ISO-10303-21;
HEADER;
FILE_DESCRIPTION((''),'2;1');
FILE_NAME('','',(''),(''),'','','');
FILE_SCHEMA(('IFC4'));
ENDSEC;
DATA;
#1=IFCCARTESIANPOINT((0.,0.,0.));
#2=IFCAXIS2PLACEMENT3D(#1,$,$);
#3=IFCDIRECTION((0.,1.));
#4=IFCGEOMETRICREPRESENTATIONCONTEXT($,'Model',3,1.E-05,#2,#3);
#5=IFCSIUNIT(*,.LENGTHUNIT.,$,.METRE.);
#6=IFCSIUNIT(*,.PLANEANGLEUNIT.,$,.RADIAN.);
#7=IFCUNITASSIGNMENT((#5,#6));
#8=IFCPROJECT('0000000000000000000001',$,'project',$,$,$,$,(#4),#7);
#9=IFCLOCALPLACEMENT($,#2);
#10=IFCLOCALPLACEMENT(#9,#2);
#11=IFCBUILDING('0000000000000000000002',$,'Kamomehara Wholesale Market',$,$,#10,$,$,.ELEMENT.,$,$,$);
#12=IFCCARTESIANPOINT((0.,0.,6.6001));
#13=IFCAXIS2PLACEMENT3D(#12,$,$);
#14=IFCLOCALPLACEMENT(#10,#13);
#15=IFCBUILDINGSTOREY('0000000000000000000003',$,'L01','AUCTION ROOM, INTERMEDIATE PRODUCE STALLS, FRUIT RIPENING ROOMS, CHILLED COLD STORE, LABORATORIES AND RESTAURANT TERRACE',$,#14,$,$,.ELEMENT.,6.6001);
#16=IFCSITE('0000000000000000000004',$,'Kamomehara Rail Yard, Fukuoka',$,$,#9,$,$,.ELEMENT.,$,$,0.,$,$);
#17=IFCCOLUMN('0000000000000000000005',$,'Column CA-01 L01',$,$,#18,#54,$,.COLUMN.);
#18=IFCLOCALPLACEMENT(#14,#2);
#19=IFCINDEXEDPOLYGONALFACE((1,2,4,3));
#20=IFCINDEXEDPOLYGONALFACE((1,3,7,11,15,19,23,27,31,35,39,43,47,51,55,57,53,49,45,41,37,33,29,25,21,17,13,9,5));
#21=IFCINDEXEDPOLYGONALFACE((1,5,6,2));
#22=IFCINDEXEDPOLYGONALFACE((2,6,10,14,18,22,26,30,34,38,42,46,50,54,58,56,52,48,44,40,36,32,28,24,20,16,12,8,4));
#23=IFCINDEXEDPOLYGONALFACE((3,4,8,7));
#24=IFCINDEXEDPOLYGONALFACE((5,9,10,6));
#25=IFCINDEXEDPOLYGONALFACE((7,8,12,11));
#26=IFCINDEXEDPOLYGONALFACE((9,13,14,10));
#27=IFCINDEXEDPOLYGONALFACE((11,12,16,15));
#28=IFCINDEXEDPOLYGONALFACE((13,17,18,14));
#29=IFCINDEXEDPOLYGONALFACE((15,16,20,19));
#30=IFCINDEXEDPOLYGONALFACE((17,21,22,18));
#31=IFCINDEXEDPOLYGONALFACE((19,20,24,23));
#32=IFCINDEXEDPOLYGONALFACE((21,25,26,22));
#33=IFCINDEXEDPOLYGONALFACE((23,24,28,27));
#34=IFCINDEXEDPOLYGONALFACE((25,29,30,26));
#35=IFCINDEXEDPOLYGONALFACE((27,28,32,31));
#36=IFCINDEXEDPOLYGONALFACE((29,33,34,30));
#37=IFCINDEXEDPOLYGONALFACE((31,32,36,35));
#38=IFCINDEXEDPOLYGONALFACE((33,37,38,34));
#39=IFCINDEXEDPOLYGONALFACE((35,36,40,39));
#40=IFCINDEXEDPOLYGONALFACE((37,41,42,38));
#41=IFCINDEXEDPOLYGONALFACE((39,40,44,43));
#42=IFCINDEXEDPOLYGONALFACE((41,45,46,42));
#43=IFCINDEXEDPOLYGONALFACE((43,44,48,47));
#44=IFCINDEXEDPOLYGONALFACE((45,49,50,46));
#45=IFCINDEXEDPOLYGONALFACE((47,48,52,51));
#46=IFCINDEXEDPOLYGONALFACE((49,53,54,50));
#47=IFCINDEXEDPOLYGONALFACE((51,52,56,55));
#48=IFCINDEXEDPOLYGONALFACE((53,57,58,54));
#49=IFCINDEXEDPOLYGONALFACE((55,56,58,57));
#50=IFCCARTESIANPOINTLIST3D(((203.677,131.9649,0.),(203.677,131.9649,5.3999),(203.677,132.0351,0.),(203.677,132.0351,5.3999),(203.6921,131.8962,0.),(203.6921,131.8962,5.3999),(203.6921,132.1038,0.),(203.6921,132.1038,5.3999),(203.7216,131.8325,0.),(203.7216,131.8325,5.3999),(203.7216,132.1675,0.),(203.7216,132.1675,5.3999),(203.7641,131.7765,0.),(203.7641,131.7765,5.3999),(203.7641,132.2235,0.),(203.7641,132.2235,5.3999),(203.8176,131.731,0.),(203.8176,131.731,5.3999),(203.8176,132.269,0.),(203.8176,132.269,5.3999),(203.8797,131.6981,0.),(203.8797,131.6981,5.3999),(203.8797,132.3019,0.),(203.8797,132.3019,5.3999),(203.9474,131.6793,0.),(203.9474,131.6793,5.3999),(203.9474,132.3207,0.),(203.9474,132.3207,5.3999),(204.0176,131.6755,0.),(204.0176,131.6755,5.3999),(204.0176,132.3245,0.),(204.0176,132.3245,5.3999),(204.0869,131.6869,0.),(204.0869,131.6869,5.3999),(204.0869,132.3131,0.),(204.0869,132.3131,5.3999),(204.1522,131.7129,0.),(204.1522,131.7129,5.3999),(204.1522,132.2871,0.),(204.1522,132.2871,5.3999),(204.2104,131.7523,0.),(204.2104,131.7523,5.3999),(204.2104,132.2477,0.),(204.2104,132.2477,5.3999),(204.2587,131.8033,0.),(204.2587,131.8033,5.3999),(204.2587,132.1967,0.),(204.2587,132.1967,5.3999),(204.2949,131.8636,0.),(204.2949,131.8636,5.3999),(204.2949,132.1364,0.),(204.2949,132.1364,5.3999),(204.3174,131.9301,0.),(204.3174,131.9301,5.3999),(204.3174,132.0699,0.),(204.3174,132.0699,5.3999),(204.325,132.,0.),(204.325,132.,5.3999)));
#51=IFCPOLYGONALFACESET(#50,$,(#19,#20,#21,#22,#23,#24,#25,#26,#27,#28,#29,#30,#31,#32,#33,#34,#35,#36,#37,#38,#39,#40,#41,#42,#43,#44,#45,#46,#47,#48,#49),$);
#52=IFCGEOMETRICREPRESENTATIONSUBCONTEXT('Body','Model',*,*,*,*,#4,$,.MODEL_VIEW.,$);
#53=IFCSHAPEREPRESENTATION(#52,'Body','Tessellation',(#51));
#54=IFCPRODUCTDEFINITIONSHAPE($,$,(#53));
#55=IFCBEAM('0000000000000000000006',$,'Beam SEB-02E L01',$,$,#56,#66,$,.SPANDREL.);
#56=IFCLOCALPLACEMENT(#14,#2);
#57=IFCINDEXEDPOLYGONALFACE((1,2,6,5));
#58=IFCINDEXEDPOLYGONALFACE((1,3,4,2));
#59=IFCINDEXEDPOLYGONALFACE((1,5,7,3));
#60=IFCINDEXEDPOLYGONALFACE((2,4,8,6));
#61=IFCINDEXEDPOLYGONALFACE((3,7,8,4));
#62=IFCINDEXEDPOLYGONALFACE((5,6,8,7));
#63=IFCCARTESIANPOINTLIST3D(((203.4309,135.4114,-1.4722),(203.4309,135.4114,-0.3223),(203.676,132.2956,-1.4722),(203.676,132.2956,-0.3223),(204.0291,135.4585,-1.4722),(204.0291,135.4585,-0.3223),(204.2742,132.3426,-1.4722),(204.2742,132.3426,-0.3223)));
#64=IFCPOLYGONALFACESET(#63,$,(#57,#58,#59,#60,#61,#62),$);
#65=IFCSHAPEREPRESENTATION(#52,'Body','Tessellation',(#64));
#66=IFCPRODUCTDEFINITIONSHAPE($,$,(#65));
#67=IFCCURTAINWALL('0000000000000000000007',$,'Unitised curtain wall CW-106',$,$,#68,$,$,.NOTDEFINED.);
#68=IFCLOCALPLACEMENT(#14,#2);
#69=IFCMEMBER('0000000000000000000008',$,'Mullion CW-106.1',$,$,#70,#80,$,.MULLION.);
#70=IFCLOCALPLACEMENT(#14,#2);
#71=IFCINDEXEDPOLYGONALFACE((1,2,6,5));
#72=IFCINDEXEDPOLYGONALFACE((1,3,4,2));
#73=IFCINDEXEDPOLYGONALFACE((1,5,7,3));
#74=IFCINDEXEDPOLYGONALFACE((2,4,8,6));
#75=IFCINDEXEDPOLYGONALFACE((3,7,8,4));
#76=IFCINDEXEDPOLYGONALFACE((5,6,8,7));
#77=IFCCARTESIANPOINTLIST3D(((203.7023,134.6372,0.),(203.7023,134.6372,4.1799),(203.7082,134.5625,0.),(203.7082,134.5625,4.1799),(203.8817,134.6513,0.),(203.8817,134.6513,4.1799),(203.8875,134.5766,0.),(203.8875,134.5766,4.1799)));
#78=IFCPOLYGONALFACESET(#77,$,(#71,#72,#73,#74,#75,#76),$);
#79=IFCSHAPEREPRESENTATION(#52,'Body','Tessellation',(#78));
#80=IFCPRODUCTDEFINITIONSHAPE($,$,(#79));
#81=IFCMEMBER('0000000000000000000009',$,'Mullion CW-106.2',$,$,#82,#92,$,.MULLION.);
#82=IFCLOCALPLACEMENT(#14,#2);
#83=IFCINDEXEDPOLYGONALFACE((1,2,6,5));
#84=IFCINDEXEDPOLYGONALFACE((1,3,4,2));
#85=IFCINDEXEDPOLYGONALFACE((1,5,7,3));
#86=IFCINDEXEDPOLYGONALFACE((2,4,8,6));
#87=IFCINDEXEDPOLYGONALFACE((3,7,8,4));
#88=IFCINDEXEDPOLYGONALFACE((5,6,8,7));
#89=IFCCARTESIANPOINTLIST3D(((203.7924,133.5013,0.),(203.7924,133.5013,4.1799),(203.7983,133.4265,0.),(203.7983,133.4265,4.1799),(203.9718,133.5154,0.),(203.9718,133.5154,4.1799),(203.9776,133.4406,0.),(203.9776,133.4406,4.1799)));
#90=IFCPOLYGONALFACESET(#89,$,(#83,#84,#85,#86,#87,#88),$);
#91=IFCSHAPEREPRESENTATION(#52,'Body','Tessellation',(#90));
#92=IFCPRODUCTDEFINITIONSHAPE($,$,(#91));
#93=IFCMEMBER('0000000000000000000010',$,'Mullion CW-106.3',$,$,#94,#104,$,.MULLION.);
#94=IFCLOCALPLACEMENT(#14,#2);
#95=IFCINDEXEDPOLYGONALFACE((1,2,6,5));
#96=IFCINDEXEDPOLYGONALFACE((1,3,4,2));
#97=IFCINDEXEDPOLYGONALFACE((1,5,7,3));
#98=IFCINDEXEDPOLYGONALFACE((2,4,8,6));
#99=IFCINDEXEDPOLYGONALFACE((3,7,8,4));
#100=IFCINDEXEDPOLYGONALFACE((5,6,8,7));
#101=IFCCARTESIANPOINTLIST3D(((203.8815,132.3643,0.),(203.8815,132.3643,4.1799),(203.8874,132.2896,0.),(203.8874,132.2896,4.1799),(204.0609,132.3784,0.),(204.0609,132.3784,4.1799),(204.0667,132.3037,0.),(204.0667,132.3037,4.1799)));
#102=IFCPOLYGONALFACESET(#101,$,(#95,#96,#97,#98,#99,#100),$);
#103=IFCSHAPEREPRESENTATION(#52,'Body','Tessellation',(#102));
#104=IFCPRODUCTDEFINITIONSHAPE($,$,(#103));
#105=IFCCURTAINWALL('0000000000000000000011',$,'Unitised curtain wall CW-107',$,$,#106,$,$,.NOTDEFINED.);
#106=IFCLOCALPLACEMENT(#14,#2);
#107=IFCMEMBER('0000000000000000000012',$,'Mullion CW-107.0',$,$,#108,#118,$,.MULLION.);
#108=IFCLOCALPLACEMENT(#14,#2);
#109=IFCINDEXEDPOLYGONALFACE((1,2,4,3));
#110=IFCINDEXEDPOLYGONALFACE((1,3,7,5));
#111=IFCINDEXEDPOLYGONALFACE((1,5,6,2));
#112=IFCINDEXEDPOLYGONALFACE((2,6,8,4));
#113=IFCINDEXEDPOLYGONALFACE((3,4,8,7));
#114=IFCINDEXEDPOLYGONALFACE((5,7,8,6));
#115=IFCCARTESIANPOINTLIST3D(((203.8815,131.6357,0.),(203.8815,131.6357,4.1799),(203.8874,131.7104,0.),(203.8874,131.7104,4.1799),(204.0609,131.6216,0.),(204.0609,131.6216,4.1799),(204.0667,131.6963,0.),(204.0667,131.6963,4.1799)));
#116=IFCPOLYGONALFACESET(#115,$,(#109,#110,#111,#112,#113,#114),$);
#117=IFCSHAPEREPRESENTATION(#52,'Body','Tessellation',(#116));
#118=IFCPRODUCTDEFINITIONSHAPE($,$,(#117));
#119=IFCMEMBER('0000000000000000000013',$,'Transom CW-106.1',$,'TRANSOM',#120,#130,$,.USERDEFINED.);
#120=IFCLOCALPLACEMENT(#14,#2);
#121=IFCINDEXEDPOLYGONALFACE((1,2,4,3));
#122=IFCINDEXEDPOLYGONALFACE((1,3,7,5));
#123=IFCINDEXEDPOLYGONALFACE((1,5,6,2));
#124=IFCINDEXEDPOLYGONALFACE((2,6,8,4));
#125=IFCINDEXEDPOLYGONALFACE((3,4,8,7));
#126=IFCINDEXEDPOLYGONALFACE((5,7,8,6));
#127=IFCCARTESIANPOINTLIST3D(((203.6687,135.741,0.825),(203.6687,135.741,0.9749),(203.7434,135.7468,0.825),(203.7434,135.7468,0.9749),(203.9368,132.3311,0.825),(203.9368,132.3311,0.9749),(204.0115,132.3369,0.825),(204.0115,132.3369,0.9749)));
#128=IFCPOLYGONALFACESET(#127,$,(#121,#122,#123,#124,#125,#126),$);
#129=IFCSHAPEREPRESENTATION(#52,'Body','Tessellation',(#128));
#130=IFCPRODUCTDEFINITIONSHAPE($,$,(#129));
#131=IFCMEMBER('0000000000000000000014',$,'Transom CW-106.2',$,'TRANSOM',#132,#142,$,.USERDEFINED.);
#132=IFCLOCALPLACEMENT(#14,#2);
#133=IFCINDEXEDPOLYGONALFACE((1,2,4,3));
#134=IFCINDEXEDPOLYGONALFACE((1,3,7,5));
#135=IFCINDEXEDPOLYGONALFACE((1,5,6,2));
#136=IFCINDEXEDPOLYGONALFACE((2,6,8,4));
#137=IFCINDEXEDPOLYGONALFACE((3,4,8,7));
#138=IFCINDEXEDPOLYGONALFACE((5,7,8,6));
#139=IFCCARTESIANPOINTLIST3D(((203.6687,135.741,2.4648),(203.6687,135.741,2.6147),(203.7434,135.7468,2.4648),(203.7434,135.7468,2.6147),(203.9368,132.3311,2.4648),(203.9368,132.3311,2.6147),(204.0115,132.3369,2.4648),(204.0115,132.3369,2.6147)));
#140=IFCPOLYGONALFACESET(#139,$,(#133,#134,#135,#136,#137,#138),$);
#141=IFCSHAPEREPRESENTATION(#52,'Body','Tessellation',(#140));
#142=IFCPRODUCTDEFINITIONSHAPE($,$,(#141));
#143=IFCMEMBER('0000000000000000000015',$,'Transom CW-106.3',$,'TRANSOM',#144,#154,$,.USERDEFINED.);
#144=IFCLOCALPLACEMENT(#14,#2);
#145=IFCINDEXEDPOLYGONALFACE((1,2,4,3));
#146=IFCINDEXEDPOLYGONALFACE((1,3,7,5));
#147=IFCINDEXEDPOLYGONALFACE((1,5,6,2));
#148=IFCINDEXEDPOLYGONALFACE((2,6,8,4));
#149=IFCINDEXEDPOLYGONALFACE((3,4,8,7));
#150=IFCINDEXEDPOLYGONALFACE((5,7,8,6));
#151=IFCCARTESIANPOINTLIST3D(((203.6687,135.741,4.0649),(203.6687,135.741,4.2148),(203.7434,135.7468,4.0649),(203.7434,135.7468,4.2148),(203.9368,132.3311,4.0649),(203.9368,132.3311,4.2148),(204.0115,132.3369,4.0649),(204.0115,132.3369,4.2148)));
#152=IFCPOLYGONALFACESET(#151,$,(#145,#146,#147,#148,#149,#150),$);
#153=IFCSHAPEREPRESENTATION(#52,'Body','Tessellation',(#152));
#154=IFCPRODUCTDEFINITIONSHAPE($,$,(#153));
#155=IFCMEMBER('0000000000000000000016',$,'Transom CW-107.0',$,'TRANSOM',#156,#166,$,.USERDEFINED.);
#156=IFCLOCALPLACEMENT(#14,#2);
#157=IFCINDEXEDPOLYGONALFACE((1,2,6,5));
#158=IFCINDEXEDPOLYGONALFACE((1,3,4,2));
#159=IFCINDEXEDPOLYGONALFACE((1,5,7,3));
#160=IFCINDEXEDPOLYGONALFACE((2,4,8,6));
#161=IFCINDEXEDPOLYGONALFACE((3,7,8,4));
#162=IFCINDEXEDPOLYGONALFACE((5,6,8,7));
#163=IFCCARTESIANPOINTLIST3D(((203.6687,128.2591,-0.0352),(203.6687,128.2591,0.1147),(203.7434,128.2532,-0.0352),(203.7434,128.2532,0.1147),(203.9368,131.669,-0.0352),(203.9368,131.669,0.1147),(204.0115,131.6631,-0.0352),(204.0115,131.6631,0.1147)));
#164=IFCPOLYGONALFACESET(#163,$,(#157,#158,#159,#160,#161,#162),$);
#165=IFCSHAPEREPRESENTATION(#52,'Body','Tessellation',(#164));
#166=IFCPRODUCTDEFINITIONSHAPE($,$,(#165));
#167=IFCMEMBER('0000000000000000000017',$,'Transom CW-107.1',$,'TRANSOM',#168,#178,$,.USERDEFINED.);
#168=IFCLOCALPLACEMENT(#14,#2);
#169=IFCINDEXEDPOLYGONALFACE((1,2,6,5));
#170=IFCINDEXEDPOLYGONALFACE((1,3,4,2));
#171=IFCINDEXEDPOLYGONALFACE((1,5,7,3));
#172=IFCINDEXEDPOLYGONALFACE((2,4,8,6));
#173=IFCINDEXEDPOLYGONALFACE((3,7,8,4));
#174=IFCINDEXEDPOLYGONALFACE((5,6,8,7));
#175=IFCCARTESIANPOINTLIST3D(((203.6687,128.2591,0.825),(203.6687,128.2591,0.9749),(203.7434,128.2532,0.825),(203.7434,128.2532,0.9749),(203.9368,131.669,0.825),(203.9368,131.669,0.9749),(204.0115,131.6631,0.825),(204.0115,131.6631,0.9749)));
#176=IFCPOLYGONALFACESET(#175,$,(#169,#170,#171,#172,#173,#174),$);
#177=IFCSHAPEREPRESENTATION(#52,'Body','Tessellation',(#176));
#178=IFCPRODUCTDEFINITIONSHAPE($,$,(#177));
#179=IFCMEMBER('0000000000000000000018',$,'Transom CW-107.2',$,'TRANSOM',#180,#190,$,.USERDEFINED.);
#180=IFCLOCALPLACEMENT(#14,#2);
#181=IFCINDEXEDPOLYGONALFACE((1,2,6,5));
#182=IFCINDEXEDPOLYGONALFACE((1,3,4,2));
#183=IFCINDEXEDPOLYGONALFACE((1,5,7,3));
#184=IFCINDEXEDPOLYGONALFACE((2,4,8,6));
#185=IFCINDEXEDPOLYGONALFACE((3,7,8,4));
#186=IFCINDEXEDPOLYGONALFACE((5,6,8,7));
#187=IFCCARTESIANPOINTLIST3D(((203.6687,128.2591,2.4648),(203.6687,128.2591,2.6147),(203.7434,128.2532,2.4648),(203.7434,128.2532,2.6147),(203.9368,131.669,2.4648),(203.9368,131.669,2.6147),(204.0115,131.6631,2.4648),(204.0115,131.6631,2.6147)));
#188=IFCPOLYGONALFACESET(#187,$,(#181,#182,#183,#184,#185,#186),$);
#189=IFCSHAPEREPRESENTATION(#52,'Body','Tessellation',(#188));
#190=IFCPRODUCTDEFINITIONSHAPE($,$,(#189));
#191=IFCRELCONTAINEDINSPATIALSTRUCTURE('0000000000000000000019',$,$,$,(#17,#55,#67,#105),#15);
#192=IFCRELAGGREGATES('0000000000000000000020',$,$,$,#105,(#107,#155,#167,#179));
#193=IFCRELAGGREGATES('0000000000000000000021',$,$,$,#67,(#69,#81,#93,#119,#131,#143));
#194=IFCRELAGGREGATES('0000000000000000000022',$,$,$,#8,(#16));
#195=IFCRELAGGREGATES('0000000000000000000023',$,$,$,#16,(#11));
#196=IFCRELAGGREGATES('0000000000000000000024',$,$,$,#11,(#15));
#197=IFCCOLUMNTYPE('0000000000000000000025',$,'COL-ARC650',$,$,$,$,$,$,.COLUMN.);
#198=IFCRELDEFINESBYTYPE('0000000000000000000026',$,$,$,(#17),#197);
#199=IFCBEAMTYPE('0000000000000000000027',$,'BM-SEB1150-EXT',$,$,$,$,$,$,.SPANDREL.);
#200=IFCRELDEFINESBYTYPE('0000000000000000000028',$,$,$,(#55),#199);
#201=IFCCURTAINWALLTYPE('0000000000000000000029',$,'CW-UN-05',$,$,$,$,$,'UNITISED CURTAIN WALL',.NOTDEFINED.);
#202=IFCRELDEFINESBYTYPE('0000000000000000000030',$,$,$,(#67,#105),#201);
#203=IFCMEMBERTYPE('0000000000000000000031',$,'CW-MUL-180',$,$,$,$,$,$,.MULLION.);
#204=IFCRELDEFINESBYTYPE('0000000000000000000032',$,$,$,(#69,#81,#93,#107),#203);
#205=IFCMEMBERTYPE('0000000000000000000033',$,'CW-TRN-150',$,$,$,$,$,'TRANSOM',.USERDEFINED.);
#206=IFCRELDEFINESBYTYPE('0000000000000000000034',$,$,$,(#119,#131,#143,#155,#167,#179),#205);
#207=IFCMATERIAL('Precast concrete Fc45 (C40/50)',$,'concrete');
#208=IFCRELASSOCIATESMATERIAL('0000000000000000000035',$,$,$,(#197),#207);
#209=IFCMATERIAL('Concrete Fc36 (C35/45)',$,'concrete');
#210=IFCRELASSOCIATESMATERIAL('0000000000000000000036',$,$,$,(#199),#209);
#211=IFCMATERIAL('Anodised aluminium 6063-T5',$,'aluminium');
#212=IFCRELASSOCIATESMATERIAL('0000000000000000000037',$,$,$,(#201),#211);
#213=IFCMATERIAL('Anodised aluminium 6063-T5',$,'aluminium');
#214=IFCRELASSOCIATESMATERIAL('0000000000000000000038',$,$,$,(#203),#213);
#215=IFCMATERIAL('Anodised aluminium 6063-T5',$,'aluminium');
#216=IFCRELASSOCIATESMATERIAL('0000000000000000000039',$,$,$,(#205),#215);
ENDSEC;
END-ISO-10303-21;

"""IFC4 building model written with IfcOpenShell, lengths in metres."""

from ifc_helpers import new_model, si_unit, direction, frame, origin, origin_2d, place, context, subcontext, project, spatial, rectangle, circle, extrude, material, material_profile, profile_set, type_object, element, aggregate, save


model = new_model("IFC4")

# Units and contexts
model_context = context("Model", 3, precision=1e-05, world=origin(), true_north=direction((0.0, 1.0)))
body_context = subcontext(model_context, "Body", "Model", "MODEL_VIEW")
ifc_project = project(units=[si_unit("LENGTHUNIT", "METRE"), si_unit("PLANEANGLEUNIT", "RADIAN")], contexts=[model_context])

# Site, building, storey
site_placement = place(None, origin())
site = spatial("IfcSite", under=ifc_project, at=site_placement, Name="Kamomehara Rail Yard, Fukuoka", CompositionType="ELEMENT", RefElevation=0.0)
building_placement = place(site_placement, origin())
building = spatial("IfcBuilding", under=site, at=building_placement, Name="Kamomehara Wholesale Market", CompositionType="ELEMENT")
storey_placement = place(building_placement, frame((0.0, 0.0, 6.6001)))
storey = spatial("IfcBuildingStorey", under=building, at=storey_placement, Name="L01", Description="AUCTION ROOM, INTERMEDIATE PRODUCE STALLS, FRUIT RIPENING ROOMS, CHILLED COLD STORE, LABORATORIES AND RESTAURANT TERRACE", CompositionType="ELEMENT", Elevation=6.6001)

# Column
ifc_material_1 = material(Name="Precast concrete Fc45 (C40/50)", Category="concrete")
ifc_material_profile_1 = material_profile(ifc_material_1, circle(Radius=0.325, at=origin_2d()), Name="PC-ARC-D650")
ifc_profile_set_1 = profile_set([ifc_material_profile_1], Name="Precast concrete Fc45 (C40/50)")
column_type = type_object("IfcColumnType", Name="COL-ARC650", PredefinedType="COLUMN", material=ifc_profile_set_1)
column_placement = place(storey_placement, frame((204.0, 132.0, 0.0), z_axis=(0.0, 0.0, 1.0), x_axis=(1.0, 0.0, 0.0)))
element("IfcColumn", 1, at=column_placement, inside=storey, type_object=column_type, Name="Column CA-01 L01", PredefinedType="COLUMN", context=body_context, shape_type="SweptSolid", body=[
    extrude(circle(Radius=0.325, at=origin_2d()), origin(), (0.0, 0.0, 1.0), 5.3999),
])

# Beam
ifc_material_2 = material(Name="Concrete Fc36 (C35/45)", Category="concrete")
ifc_material_profile_2 = material_profile(ifc_material_2, rectangle(XDim=0.6001, YDim=1.1499, at=origin_2d()), Name="RC-SEB-600x1150")
ifc_profile_set_2 = profile_set([ifc_material_profile_2], Name="Concrete Fc36 (C35/45)")
beam_type = type_object("IfcBeamType", Name="BM-SEB1150-EXT", PredefinedType="SPANDREL", material=ifc_profile_set_2)
beam_placement = place(storey_placement, frame((203.9751, 132.3191, -0.8972), z_axis=(-0.078423, 0.99692, 0.0), x_axis=(-0.99692, -0.078423, 0.0)))
element("IfcBeam", 2, at=beam_placement, inside=storey, type_object=beam_type, Name="Beam SEB-02E L01", PredefinedType="SPANDREL", context=body_context, shape_type="SweptSolid", body=[
    extrude(rectangle(XDim=0.6001, YDim=1.1499, at=origin_2d()), origin(), (0.0, 0.0, 1.0), 3.1255),
])

# Curtain wall, members
ifc_material_3 = material(Name="Anodised aluminium 6063-T5", Category="aluminium")
curtain_wall_type = type_object("IfcCurtainWallType", Name="CW-UN-05", ElementType="UNITISED CURTAIN WALL", PredefinedType="NOTDEFINED", material=ifc_material_3)
curtain_wall_1_placement = place(storey_placement, origin())
curtain_wall_1 = element("IfcCurtainWall", 3, at=curtain_wall_1_placement, inside=storey, type_object=curtain_wall_type, Name="Unitised curtain wall CW-106", PredefinedType="NOTDEFINED")
ifc_material_4 = material(Name="Anodised aluminium 6063-T5", Category="aluminium")
ifc_material_profile_3 = material_profile(ifc_material_4, rectangle(XDim=0.075, YDim=0.1799, at=origin_2d()), Name="ALU-MUL-75x180")
ifc_profile_set_3 = profile_set([ifc_material_profile_3], Name="Anodised aluminium 6063-T5")
member_type_1 = type_object("IfcMemberType", Name="CW-MUL-180", PredefinedType="MULLION", material=ifc_profile_set_3)
member_1_placement = place(storey_placement, frame((203.7949, 134.6069, 0.0), z_axis=(0.0, 0.0, 1.0), x_axis=(0.078351, -0.996926, 0.0)))
member_1 = element("IfcMember", 4, at=member_1_placement, type_object=member_type_1, Name="Mullion CW-106.1", PredefinedType="MULLION", context=body_context, shape_type="SweptSolid", body=[
    extrude(rectangle(XDim=0.075, YDim=0.1799, at=origin_2d()), origin(), (0.0, 0.0, 1.0), 4.1799),
])
member_2_placement = place(storey_placement, frame((203.885, 133.4709, 0.0), z_axis=(0.0, 0.0, 1.0), x_axis=(0.078351, -0.996926, 0.0)))
member_2 = element("IfcMember", 5, at=member_2_placement, type_object=member_type_1, Name="Mullion CW-106.2", PredefinedType="MULLION", context=body_context, shape_type="SweptSolid", body=[
    extrude(rectangle(XDim=0.075, YDim=0.1799, at=origin_2d()), origin(), (0.0, 0.0, 1.0), 4.1799),
])
member_3_placement = place(storey_placement, frame((203.9741, 132.334, 0.0), z_axis=(0.0, 0.0, 1.0), x_axis=(0.078351, -0.996926, 0.0)))
member_3 = element("IfcMember", 6, at=member_3_placement, type_object=member_type_1, Name="Mullion CW-106.3", PredefinedType="MULLION", context=body_context, shape_type="SweptSolid", body=[
    extrude(rectangle(XDim=0.075, YDim=0.1799, at=origin_2d()), origin(), (0.0, 0.0, 1.0), 4.1799),
])

# Curtain wall, member
curtain_wall_2_placement = place(storey_placement, origin())
curtain_wall_2 = element("IfcCurtainWall", 7, at=curtain_wall_2_placement, inside=storey, type_object=curtain_wall_type, Name="Unitised curtain wall CW-107", PredefinedType="NOTDEFINED")
member_4_placement = place(storey_placement, frame((203.9741, 131.666, 0.0), z_axis=(0.0, 0.0, 1.0), x_axis=(-0.078351, -0.996926, 0.0)))
member_4 = element("IfcMember", 8, at=member_4_placement, type_object=member_type_1, Name="Mullion CW-107.0", PredefinedType="MULLION", context=body_context, shape_type="SweptSolid", body=[
    extrude(rectangle(XDim=0.075, YDim=0.1799, at=origin_2d()), origin(), (0.0, 0.0, 1.0), 4.1799),
])

# Members
ifc_material_5 = material(Name="Anodised aluminium 6063-T5", Category="aluminium")
ifc_material_profile_4 = material_profile(ifc_material_5, rectangle(XDim=0.075, YDim=0.1499, at=origin_2d()), Name="ALU-TRN-75x150")
ifc_profile_set_4 = profile_set([ifc_material_profile_4], Name="Anodised aluminium 6063-T5")
member_type_2 = type_object("IfcMemberType", Name="CW-TRN-150", ElementType="TRANSOM", PredefinedType="USERDEFINED", material=ifc_profile_set_4)
member_5_placement = place(storey_placement, frame((203.7061, 135.7439, 0.8999), z_axis=(0.078372, -0.996924, 0.0), x_axis=(0.996924, 0.078372, 0.0)))
member_5 = element("IfcMember", 9, at=member_5_placement, type_object=member_type_2, Name="Transom CW-106.1", ObjectType="TRANSOM", PredefinedType="USERDEFINED", context=body_context, shape_type="SweptSolid", body=[
    extrude(rectangle(XDim=0.075, YDim=0.1499, at=origin_2d()), origin(), (0.0, 0.0, 1.0), 3.4204),
])
member_6_placement = place(storey_placement, frame((203.7061, 135.7439, 2.5398), z_axis=(0.078372, -0.996924, 0.0), x_axis=(0.996924, 0.078372, 0.0)))
member_6 = element("IfcMember", 10, at=member_6_placement, type_object=member_type_2, Name="Transom CW-106.2", ObjectType="TRANSOM", PredefinedType="USERDEFINED", context=body_context, shape_type="SweptSolid", body=[
    extrude(rectangle(XDim=0.075, YDim=0.1499, at=origin_2d()), origin(), (0.0, 0.0, 1.0), 3.4204),
])
member_7_placement = place(storey_placement, frame((203.7061, 135.7439, 4.1399), z_axis=(0.078372, -0.996924, 0.0), x_axis=(0.996924, 0.078372, 0.0)))
member_7 = element("IfcMember", 11, at=member_7_placement, type_object=member_type_2, Name="Transom CW-106.3", ObjectType="TRANSOM", PredefinedType="USERDEFINED", context=body_context, shape_type="SweptSolid", body=[
    extrude(rectangle(XDim=0.075, YDim=0.1499, at=origin_2d()), origin(), (0.0, 0.0, 1.0), 3.4204),
])
member_8_placement = place(storey_placement, frame((203.9741, 131.666, 0.0398), z_axis=(-0.078372, -0.996924, 0.0), x_axis=(0.996924, -0.078372, 0.0)))
member_8 = element("IfcMember", 12, at=member_8_placement, type_object=member_type_2, Name="Transom CW-107.0", ObjectType="TRANSOM", PredefinedType="USERDEFINED", context=body_context, shape_type="SweptSolid", body=[
    extrude(rectangle(XDim=0.075, YDim=0.1499, at=origin_2d()), origin(), (0.0, 0.0, 1.0), 3.4204),
])
member_9_placement = place(storey_placement, frame((203.9741, 131.666, 0.8999), z_axis=(-0.078372, -0.996924, 0.0), x_axis=(0.996924, -0.078372, 0.0)))
member_9 = element("IfcMember", 13, at=member_9_placement, type_object=member_type_2, Name="Transom CW-107.1", ObjectType="TRANSOM", PredefinedType="USERDEFINED", context=body_context, shape_type="SweptSolid", body=[
    extrude(rectangle(XDim=0.075, YDim=0.1499, at=origin_2d()), origin(), (0.0, 0.0, 1.0), 3.4204),
])
member_10_placement = place(storey_placement, frame((203.9741, 131.666, 2.5398), z_axis=(-0.078372, -0.996924, 0.0), x_axis=(0.996924, -0.078372, 0.0)))
member_10 = element("IfcMember", 14, at=member_10_placement, type_object=member_type_2, Name="Transom CW-107.2", ObjectType="TRANSOM", PredefinedType="USERDEFINED", context=body_context, shape_type="SweptSolid", body=[
    extrude(rectangle(XDim=0.075, YDim=0.1499, at=origin_2d()), origin(), (0.0, 0.0, 1.0), 3.4204),
])
aggregate(curtain_wall_2, [member_4, member_8, member_9, member_10])

aggregate(curtain_wall_1, [member_1, member_2, member_3, member_5, member_6, member_7])

save(model, "model.ifc")
